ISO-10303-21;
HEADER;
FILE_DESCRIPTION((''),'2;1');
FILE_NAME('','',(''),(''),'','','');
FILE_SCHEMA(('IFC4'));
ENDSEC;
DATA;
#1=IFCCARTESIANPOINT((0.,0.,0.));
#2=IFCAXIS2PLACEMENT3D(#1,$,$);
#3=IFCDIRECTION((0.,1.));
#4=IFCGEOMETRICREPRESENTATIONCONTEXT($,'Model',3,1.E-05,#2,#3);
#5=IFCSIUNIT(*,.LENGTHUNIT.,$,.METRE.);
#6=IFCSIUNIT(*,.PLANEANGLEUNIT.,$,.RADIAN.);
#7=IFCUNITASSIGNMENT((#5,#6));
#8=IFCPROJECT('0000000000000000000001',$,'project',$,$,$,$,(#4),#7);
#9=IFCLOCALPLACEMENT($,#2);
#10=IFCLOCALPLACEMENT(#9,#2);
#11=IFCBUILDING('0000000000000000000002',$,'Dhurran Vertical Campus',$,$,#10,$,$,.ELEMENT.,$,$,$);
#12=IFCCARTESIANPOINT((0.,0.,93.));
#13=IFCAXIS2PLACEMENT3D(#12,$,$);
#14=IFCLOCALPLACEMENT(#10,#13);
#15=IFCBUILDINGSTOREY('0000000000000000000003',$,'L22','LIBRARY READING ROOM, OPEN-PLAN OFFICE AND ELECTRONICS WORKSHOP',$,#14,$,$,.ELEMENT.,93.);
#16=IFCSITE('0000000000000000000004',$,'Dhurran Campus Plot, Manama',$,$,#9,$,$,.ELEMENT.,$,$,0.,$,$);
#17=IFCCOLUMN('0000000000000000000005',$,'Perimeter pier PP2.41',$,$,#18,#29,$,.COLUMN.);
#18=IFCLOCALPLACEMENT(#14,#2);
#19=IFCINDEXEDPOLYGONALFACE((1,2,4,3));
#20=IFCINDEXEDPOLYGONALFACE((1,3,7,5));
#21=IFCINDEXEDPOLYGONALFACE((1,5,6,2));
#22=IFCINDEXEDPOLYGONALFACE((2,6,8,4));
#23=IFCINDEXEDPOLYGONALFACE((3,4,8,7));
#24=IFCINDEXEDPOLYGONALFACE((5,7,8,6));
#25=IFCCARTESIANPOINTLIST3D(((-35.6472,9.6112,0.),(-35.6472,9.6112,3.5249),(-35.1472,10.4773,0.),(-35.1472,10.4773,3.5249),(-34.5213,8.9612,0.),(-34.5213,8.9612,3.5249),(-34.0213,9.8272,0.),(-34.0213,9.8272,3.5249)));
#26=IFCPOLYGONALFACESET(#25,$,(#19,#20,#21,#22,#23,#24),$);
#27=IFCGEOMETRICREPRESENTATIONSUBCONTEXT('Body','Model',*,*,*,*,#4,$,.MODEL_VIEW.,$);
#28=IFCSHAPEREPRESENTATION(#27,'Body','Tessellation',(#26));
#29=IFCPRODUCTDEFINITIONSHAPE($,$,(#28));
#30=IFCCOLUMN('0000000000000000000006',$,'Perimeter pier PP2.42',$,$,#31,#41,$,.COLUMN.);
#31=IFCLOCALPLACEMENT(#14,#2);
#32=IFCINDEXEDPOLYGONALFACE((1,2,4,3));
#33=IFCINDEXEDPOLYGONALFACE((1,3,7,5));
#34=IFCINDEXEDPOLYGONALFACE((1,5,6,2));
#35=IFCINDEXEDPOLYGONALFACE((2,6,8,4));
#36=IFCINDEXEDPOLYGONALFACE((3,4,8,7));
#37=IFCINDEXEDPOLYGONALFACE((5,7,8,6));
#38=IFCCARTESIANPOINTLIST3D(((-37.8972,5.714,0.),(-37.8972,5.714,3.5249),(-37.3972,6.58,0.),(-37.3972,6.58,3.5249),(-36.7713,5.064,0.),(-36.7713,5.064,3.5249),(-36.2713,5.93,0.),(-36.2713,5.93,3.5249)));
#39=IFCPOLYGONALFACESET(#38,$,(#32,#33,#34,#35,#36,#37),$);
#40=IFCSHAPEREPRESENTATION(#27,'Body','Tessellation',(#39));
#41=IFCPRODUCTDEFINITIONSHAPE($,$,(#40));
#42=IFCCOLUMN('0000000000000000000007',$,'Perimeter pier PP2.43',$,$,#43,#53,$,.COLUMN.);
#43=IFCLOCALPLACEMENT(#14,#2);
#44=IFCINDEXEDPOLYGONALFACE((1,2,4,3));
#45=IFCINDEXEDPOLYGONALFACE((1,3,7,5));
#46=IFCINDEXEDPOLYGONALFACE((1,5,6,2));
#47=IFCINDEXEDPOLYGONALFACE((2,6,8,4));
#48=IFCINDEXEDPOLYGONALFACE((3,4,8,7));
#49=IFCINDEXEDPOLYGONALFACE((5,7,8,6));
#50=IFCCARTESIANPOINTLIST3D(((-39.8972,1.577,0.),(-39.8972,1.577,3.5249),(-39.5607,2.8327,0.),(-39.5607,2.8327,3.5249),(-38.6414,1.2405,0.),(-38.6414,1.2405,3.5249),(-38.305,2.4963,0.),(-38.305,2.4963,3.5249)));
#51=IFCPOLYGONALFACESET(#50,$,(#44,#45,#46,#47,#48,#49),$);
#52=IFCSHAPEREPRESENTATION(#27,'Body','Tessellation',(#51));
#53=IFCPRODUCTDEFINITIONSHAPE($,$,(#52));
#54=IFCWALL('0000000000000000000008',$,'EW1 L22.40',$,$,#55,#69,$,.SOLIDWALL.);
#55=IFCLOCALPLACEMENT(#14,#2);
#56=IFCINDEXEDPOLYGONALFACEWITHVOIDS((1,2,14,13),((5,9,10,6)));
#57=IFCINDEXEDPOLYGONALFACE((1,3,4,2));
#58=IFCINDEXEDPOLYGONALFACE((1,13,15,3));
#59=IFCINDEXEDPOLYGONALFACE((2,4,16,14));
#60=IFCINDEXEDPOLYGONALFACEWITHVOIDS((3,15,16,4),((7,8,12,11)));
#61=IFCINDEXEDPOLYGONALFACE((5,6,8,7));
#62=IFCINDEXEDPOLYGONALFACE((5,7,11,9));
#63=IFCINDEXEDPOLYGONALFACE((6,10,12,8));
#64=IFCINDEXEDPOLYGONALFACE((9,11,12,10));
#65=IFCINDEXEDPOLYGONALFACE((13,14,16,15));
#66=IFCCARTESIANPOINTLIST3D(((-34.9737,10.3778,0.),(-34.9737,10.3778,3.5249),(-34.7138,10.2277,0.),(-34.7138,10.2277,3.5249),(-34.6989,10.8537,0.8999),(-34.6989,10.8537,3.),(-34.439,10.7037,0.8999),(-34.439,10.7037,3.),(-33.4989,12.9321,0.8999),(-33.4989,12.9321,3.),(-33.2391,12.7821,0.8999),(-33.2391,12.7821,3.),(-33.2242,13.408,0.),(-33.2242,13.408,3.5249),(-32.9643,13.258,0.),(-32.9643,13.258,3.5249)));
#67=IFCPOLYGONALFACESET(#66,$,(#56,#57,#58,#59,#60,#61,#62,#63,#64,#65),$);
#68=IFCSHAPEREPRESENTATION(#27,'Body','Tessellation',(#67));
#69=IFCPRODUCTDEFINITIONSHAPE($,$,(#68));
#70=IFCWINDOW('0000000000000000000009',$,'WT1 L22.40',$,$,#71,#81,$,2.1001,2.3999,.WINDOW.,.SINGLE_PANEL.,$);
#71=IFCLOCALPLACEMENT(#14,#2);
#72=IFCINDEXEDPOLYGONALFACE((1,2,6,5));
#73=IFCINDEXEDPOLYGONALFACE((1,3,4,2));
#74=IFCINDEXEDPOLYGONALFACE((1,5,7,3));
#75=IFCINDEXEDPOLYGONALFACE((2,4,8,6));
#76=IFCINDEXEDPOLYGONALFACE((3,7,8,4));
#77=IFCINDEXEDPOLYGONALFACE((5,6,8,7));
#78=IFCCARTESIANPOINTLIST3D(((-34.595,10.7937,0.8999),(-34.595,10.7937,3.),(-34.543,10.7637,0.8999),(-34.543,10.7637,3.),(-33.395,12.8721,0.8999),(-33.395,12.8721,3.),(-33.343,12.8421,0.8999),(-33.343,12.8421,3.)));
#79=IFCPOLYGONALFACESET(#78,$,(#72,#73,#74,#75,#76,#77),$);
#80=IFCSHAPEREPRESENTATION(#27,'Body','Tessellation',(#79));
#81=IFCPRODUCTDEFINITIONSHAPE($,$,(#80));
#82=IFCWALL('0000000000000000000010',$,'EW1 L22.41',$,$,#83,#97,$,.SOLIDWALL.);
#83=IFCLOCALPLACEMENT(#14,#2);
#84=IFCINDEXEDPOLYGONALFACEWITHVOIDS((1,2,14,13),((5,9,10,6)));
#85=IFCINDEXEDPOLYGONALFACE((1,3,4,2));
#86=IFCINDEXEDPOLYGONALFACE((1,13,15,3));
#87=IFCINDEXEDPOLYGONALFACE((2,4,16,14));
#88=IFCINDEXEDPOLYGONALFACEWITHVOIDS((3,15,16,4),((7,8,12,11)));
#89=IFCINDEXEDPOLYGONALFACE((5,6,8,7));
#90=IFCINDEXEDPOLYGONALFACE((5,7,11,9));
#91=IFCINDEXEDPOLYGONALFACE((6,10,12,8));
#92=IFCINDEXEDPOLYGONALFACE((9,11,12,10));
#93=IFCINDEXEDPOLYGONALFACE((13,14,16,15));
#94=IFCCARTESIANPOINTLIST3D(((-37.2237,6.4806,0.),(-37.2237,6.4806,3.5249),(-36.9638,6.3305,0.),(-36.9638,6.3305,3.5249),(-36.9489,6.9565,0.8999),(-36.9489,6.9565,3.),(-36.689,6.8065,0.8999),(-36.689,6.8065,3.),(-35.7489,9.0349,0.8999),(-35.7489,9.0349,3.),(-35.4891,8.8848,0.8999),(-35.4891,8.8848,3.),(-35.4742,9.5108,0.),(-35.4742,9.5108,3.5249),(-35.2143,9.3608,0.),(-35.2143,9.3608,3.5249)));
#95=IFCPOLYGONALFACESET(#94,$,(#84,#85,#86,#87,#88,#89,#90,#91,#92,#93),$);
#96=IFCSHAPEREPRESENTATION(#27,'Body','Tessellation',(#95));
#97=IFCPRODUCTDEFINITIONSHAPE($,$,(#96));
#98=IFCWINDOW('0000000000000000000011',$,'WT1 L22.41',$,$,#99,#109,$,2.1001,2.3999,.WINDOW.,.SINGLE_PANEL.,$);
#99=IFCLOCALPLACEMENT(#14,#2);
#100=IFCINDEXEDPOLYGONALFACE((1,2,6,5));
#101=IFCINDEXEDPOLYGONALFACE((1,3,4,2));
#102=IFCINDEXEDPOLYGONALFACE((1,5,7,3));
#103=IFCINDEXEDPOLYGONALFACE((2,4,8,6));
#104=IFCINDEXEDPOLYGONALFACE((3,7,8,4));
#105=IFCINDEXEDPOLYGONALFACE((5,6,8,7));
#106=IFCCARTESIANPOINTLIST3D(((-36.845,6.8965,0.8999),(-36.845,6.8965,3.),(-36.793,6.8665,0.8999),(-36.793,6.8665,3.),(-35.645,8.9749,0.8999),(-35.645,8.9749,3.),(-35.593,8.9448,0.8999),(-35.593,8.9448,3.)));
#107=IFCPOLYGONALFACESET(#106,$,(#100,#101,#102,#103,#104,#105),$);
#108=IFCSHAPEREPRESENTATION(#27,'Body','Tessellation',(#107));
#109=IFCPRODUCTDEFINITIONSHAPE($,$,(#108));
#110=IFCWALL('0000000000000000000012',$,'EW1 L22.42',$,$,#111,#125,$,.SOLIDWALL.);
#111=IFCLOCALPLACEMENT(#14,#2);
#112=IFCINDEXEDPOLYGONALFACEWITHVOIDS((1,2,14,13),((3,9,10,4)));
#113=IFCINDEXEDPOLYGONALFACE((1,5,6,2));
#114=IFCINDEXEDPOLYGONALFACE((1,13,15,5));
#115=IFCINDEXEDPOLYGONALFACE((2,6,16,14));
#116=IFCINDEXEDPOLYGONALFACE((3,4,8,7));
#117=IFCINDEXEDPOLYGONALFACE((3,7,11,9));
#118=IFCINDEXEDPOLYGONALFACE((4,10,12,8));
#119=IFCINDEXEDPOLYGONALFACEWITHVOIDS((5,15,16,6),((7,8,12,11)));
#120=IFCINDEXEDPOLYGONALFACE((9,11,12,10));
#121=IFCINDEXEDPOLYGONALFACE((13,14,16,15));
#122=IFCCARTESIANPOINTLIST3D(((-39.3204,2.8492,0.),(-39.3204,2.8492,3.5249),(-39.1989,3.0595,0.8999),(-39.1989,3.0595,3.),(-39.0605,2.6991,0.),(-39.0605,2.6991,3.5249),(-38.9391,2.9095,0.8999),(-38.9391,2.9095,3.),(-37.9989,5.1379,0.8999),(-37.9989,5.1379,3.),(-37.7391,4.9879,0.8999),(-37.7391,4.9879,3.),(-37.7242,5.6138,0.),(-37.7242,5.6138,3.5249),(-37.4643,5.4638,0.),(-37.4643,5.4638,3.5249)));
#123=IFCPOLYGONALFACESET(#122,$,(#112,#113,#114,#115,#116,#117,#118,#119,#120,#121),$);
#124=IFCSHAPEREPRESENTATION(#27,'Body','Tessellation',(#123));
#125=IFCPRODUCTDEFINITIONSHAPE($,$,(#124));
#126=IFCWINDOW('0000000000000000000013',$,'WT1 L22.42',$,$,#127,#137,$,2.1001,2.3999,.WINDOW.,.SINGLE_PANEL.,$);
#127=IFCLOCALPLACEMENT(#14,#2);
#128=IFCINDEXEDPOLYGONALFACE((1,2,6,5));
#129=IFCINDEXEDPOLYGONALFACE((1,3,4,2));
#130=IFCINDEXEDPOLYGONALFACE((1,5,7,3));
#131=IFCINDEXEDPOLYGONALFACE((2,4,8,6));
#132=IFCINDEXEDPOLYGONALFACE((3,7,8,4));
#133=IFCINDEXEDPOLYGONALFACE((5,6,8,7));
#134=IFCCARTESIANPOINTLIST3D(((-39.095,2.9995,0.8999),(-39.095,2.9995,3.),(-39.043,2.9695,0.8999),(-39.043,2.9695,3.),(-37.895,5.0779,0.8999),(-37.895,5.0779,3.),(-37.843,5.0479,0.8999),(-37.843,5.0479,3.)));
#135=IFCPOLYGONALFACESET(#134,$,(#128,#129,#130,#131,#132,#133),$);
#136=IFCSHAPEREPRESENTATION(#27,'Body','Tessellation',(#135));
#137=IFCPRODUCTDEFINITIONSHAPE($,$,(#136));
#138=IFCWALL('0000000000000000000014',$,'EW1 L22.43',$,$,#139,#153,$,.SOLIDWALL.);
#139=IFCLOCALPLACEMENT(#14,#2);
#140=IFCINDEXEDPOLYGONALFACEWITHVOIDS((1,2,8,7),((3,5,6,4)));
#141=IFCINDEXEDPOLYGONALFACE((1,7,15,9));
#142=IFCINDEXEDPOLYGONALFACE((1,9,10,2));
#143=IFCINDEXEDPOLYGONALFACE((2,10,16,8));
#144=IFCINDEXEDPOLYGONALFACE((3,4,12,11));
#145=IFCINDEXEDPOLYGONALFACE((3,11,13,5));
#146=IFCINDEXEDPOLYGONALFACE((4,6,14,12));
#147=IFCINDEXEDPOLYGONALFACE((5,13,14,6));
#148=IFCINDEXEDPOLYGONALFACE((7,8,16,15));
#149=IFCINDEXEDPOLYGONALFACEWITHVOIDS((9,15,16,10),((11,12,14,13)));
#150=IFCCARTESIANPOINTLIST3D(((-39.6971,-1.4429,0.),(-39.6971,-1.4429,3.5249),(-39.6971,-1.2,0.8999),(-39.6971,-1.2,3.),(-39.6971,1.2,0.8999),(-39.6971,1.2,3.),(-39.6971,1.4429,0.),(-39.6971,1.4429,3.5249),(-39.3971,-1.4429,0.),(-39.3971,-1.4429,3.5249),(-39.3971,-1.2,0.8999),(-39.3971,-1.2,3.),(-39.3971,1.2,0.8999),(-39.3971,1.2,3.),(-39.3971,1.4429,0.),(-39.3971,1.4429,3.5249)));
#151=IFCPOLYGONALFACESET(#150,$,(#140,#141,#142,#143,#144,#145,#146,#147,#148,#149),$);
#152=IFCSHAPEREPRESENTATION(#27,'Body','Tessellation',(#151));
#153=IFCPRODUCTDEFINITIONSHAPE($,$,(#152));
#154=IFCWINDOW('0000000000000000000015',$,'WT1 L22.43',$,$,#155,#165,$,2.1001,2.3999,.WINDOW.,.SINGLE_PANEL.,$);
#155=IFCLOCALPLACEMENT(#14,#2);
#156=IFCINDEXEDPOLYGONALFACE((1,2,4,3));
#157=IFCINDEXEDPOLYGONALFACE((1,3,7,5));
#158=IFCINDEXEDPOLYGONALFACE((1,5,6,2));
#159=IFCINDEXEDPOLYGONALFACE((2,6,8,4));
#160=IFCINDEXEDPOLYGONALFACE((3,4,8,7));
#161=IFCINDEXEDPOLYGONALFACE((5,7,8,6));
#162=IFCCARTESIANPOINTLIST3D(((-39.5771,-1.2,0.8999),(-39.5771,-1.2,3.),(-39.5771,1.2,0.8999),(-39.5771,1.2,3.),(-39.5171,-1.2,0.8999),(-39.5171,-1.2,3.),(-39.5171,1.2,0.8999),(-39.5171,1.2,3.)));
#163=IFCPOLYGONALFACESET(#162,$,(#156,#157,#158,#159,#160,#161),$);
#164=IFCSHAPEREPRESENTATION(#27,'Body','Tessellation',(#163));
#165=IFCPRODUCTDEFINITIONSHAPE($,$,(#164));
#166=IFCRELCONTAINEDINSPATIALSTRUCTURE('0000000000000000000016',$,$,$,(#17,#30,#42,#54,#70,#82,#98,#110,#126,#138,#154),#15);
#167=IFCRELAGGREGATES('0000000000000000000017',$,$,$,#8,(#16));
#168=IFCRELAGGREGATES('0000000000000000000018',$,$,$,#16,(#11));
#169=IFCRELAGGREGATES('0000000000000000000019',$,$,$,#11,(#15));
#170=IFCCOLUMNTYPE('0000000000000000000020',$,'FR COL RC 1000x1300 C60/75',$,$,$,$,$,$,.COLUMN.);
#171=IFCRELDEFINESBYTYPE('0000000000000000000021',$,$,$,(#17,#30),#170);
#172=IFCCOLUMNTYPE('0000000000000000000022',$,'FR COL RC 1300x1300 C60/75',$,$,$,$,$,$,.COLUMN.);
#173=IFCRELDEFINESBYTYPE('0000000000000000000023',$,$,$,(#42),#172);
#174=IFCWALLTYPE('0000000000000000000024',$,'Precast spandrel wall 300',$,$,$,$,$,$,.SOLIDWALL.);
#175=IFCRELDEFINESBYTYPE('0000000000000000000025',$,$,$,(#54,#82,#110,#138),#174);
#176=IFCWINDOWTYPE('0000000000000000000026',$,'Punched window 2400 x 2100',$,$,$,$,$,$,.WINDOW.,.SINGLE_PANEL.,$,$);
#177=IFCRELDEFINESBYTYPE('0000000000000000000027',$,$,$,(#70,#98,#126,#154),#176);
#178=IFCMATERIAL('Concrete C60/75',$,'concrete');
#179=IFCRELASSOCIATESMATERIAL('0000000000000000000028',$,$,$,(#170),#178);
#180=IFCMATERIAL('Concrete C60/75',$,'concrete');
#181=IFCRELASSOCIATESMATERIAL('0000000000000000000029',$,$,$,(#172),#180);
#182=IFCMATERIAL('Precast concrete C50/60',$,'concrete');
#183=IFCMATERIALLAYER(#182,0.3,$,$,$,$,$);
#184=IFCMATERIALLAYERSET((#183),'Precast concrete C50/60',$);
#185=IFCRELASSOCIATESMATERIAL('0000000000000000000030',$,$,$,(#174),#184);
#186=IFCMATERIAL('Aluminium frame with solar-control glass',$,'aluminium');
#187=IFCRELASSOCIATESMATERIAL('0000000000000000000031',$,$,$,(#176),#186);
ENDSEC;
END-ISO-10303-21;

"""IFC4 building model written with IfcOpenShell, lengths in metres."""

from ifc_helpers import new_model, si_unit, direction, frame, frame_2d, origin, origin_2d, place, context, subcontext, project, spatial, rectangle, extrude, material, layer, layer_set, material_profile, profile_set, type_object, element, fill, save


model = new_model("IFC4")

# Units and contexts
model_context = context("Model", 3, precision=1e-05, world=origin(), true_north=direction((0.0, 1.0)))
body_context = subcontext(model_context, "Body", "Model", "MODEL_VIEW")
ifc_project = project(units=[si_unit("LENGTHUNIT", "METRE"), si_unit("PLANEANGLEUNIT", "RADIAN")], contexts=[model_context])

# Site, building, storey
site_placement = place(None, origin())
site = spatial("IfcSite", under=ifc_project, at=site_placement, Name="Dhurran Campus Plot, Manama", CompositionType="ELEMENT", RefElevation=0.0)
building_placement = place(site_placement, origin())
building = spatial("IfcBuilding", under=site, at=building_placement, Name="Dhurran Vertical Campus", CompositionType="ELEMENT")
storey_placement = place(building_placement, frame((0.0, 0.0, 93.0)))
storey = spatial("IfcBuildingStorey", under=building, at=storey_placement, Name="L22", Description="LIBRARY READING ROOM, OPEN-PLAN OFFICE AND ELECTRONICS WORKSHOP", CompositionType="ELEMENT", Elevation=93.0)

# Columns
ifc_material_1 = material(Name="Concrete C60/75", Category="concrete")
ifc_material_profile_1 = material_profile(ifc_material_1, rectangle(XDim=1.0, YDim=1.3, at=origin_2d()), Name="RC 1000x1300")
ifc_profile_set_1 = profile_set([ifc_material_profile_1], Name="Concrete C60/75")
column_type_1 = type_object("IfcColumnType", Name="FR COL RC 1000x1300 C60/75", PredefinedType="COLUMN", material=ifc_profile_set_1)
for number, where, z_axis, x_axis, name in (
    (1, (-34.8342, 9.7192, 0.0), (0.0, 0.0, 1.0), (-0.5, -0.866025, 0.0), "Perimeter pier PP2.41"),
    (2, (-37.0842, 5.822, 0.0), (0.0, 0.0, 1.0), (-0.5, -0.866025, 0.0), "Perimeter pier PP2.42"),
):
    element("IfcColumn", number, at=place(storey_placement, frame(where, z_axis=z_axis, x_axis=x_axis)), inside=storey, type_object=column_type_1, Name=name, PredefinedType="COLUMN", context=body_context, shape_type="SweptSolid", body=[
        extrude(rectangle(XDim=1.0, YDim=1.3, at=origin_2d()), origin(), (0.0, 0.0, 1.0), 3.5249),
    ])
ifc_material_2 = material(Name="Concrete C60/75", Category="concrete")
ifc_material_profile_2 = material_profile(ifc_material_2, rectangle(XDim=1.3, YDim=1.3, at=origin_2d()), Name="RC 1300x1300")
ifc_profile_set_2 = profile_set([ifc_material_profile_2], Name="Concrete C60/75")
column_type_2 = type_object("IfcColumnType", Name="FR COL RC 1300x1300 C60/75", PredefinedType="COLUMN", material=ifc_profile_set_2)
column_placement = place(storey_placement, frame((-39.1011, 2.0366, 0.0), z_axis=(0.0, 0.0, 1.0), x_axis=(-0.258819, -0.965926, 0.0)))
element("IfcColumn", 3, at=column_placement, inside=storey, type_object=column_type_2, Name="Perimeter pier PP2.43", PredefinedType="COLUMN", context=body_context, shape_type="SweptSolid", body=[
    extrude(rectangle(XDim=1.3, YDim=1.3, at=origin_2d()), origin(), (0.0, 0.0, 1.0), 3.5249),
])

# Walls, openings, windows
ifc_material_3 = material(Name="Precast concrete C50/60", Category="concrete")
ifc_layer_1 = layer(ifc_material_3, 0.3)
ifc_layer_set_1 = layer_set([ifc_layer_1], Name="Precast concrete C50/60")
wall_type_1 = type_object("IfcWallType", Name="Precast spandrel wall 300", PredefinedType="SOLIDWALL", material=ifc_layer_set_1)
wall_1_placement = place(storey_placement, frame((-33.0942, 13.333, 0.0), z_axis=(0.0, 0.0, 1.0), x_axis=(-0.499996, -0.866028, 0.0)))
wall_1 = element("IfcWall", 4, at=wall_1_placement, inside=storey, type_object=wall_type_1, Name="EW1 L22.40", PredefinedType="SOLIDWALL", context=body_context, shape_type="SweptSolid", body=[
    extrude(rectangle(XDim=3.499, YDim=0.3, at=frame_2d((1.7495, 0.0))), origin(), (0.0, 0.0, 1.0), 3.5249),
])
opening_1_placement = place(wall_1_placement, frame((0.5496, 0.0, 0.8999)))
opening_1 = element("IfcOpeningElement", 5, at=opening_1_placement, cuts=wall_1, PredefinedType="OPENING", context=body_context, shape_type="SweptSolid", body=[
    extrude(rectangle(XDim=2.3999, YDim=2.1001, at=frame_2d((1.2, 1.05))), frame((0.0, 0.1599, 0.0), z_axis=(0.0, -1.0, 0.0), x_axis=(1.0, 0.0, 0.0)), (0.0, 0.0, 1.0), 0.3201),
])
ifc_material_4 = material(Name="Aluminium frame with solar-control glass", Category="aluminium")
window_type = type_object("IfcWindowType", Name="Punched window 2400 x 2100", PartitioningType="SINGLE_PANEL", PredefinedType="WINDOW", material=ifc_material_4)
window_1_placement = place(opening_1_placement, origin())
window_1 = element("IfcWindow", 6, at=window_1_placement, inside=storey, type_object=window_type, Name="WT1 L22.40", OverallHeight=2.1001, OverallWidth=2.3999, PartitioningType="SINGLE_PANEL", PredefinedType="WINDOW", context=body_context, shape_type="SweptSolid", body=[
    extrude(rectangle(XDim=2.3999, YDim=2.1001, at=frame_2d((1.2, 1.05))), frame((0.0, 0.03, 0.0), z_axis=(0.0, -1.0, 0.0), x_axis=(1.0, 0.0, 0.0)), (0.0, 0.0, 1.0), 0.0601),
])
fill(opening_1, window_1)
wall_2_placement = place(storey_placement, frame((-35.3442, 9.4358, 0.0), z_axis=(0.0, 0.0, 1.0), x_axis=(-0.499996, -0.866028, 0.0)))
wall_2 = element("IfcWall", 7, at=wall_2_placement, inside=storey, type_object=wall_type_1, Name="EW1 L22.41", PredefinedType="SOLIDWALL", context=body_context, shape_type="SweptSolid", body=[
    extrude(rectangle(XDim=3.499, YDim=0.3, at=frame_2d((1.7495, 0.0))), origin(), (0.0, 0.0, 1.0), 3.5249),
])
opening_2_placement = place(wall_2_placement, frame((0.5496, 0.0, 0.8999)))
opening_2 = element("IfcOpeningElement", 8, at=opening_2_placement, cuts=wall_2, PredefinedType="OPENING", context=body_context, shape_type="SweptSolid", body=[
    extrude(rectangle(XDim=2.3999, YDim=2.1001, at=frame_2d((1.2, 1.05))), frame((0.0, 0.1599, 0.0), z_axis=(0.0, -1.0, 0.0), x_axis=(1.0, 0.0, 0.0)), (0.0, 0.0, 1.0), 0.3201),
])
window_2_placement = place(opening_2_placement, origin())
window_2 = element("IfcWindow", 9, at=window_2_placement, inside=storey, type_object=window_type, Name="WT1 L22.41", OverallHeight=2.1001, OverallWidth=2.3999, PartitioningType="SINGLE_PANEL", PredefinedType="WINDOW", context=body_context, shape_type="SweptSolid", body=[
    extrude(rectangle(XDim=2.3999, YDim=2.1001, at=frame_2d((1.2, 1.05))), frame((0.0, 0.03, 0.0), z_axis=(0.0, -1.0, 0.0), x_axis=(1.0, 0.0, 0.0)), (0.0, 0.0, 1.0), 0.0601),
])
fill(opening_2, window_2)
wall_3_placement = place(storey_placement, frame((-37.5942, 5.5388, 0.0), z_axis=(0.0, 0.0, 1.0), x_axis=(-0.500005, -0.866023, 0.0)))
wall_3 = element("IfcWall", 10, at=wall_3_placement, inside=storey, type_object=wall_type_1, Name="EW1 L22.42", PredefinedType="SOLIDWALL", context=body_context, shape_type="SweptSolid", body=[
    extrude(rectangle(XDim=3.1924, YDim=0.3, at=frame_2d((1.5962, 0.0))), origin(), (0.0, 0.0, 1.0), 3.5249),
])
opening_3_placement = place(wall_3_placement, frame((0.5496, 0.0, 0.8999)))
opening_3 = element("IfcOpeningElement", 11, at=opening_3_placement, cuts=wall_3, PredefinedType="OPENING", context=body_context, shape_type="SweptSolid", body=[
    extrude(rectangle(XDim=2.3999, YDim=2.1001, at=frame_2d((1.2, 1.05))), frame((0.0, 0.1599, 0.0), z_axis=(0.0, -1.0, 0.0), x_axis=(1.0, 0.0, 0.0)), (0.0, 0.0, 1.0), 0.3201),
])
window_3_placement = place(opening_3_placement, origin())
window_3 = element("IfcWindow", 12, at=window_3_placement, inside=storey, type_object=window_type, Name="WT1 L22.42", OverallHeight=2.1001, OverallWidth=2.3999, PartitioningType="SINGLE_PANEL", PredefinedType="WINDOW", context=body_context, shape_type="SweptSolid", body=[
    extrude(rectangle(XDim=2.3999, YDim=2.1001, at=frame_2d((1.2, 1.05))), frame((0.0, 0.03, 0.0), z_axis=(0.0, -1.0, 0.0), x_axis=(1.0, 0.0, 0.0)), (0.0, 0.0, 1.0), 0.0601),
])
fill(opening_3, window_3)
wall_4_placement = place(storey_placement, frame((-39.5471, 1.4429, 0.0), z_axis=(0.0, 0.0, 1.0), x_axis=(0.0, -1.0, 0.0)))
wall_4 = element("IfcWall", 13, at=wall_4_placement, inside=storey, type_object=wall_type_1, Name="EW1 L22.43", PredefinedType="SOLIDWALL", context=body_context, shape_type="SweptSolid", body=[
    extrude(rectangle(XDim=2.8857, YDim=0.3, at=frame_2d((1.4429, 0.0))), origin(), (0.0, 0.0, 1.0), 3.5249),
])
opening_4_placement = place(wall_4_placement, frame((0.2429, 0.0, 0.8999)))
opening_4 = element("IfcOpeningElement", 14, at=opening_4_placement, cuts=wall_4, PredefinedType="OPENING", context=body_context, shape_type="SweptSolid", body=[
    extrude(rectangle(XDim=2.3999, YDim=2.1001, at=frame_2d((1.2, 1.05))), frame((0.0, 0.1599, 0.0), z_axis=(0.0, -1.0, 0.0), x_axis=(1.0, 0.0, 0.0)), (0.0, 0.0, 1.0), 0.3201),
])
window_4_placement = place(opening_4_placement, origin())
window_4 = element("IfcWindow", 15, at=window_4_placement, inside=storey, type_object=window_type, Name="WT1 L22.43", OverallHeight=2.1001, OverallWidth=2.3999, PartitioningType="SINGLE_PANEL", PredefinedType="WINDOW", context=body_context, shape_type="SweptSolid", body=[
    extrude(rectangle(XDim=2.3999, YDim=2.1001, at=frame_2d((1.2, 1.05))), frame((0.0, 0.03, 0.0), z_axis=(0.0, -1.0, 0.0), x_axis=(1.0, 0.0, 0.0)), (0.0, 0.0, 1.0), 0.0601),
])
fill(opening_4, window_4)

save(model, "model.ifc")
